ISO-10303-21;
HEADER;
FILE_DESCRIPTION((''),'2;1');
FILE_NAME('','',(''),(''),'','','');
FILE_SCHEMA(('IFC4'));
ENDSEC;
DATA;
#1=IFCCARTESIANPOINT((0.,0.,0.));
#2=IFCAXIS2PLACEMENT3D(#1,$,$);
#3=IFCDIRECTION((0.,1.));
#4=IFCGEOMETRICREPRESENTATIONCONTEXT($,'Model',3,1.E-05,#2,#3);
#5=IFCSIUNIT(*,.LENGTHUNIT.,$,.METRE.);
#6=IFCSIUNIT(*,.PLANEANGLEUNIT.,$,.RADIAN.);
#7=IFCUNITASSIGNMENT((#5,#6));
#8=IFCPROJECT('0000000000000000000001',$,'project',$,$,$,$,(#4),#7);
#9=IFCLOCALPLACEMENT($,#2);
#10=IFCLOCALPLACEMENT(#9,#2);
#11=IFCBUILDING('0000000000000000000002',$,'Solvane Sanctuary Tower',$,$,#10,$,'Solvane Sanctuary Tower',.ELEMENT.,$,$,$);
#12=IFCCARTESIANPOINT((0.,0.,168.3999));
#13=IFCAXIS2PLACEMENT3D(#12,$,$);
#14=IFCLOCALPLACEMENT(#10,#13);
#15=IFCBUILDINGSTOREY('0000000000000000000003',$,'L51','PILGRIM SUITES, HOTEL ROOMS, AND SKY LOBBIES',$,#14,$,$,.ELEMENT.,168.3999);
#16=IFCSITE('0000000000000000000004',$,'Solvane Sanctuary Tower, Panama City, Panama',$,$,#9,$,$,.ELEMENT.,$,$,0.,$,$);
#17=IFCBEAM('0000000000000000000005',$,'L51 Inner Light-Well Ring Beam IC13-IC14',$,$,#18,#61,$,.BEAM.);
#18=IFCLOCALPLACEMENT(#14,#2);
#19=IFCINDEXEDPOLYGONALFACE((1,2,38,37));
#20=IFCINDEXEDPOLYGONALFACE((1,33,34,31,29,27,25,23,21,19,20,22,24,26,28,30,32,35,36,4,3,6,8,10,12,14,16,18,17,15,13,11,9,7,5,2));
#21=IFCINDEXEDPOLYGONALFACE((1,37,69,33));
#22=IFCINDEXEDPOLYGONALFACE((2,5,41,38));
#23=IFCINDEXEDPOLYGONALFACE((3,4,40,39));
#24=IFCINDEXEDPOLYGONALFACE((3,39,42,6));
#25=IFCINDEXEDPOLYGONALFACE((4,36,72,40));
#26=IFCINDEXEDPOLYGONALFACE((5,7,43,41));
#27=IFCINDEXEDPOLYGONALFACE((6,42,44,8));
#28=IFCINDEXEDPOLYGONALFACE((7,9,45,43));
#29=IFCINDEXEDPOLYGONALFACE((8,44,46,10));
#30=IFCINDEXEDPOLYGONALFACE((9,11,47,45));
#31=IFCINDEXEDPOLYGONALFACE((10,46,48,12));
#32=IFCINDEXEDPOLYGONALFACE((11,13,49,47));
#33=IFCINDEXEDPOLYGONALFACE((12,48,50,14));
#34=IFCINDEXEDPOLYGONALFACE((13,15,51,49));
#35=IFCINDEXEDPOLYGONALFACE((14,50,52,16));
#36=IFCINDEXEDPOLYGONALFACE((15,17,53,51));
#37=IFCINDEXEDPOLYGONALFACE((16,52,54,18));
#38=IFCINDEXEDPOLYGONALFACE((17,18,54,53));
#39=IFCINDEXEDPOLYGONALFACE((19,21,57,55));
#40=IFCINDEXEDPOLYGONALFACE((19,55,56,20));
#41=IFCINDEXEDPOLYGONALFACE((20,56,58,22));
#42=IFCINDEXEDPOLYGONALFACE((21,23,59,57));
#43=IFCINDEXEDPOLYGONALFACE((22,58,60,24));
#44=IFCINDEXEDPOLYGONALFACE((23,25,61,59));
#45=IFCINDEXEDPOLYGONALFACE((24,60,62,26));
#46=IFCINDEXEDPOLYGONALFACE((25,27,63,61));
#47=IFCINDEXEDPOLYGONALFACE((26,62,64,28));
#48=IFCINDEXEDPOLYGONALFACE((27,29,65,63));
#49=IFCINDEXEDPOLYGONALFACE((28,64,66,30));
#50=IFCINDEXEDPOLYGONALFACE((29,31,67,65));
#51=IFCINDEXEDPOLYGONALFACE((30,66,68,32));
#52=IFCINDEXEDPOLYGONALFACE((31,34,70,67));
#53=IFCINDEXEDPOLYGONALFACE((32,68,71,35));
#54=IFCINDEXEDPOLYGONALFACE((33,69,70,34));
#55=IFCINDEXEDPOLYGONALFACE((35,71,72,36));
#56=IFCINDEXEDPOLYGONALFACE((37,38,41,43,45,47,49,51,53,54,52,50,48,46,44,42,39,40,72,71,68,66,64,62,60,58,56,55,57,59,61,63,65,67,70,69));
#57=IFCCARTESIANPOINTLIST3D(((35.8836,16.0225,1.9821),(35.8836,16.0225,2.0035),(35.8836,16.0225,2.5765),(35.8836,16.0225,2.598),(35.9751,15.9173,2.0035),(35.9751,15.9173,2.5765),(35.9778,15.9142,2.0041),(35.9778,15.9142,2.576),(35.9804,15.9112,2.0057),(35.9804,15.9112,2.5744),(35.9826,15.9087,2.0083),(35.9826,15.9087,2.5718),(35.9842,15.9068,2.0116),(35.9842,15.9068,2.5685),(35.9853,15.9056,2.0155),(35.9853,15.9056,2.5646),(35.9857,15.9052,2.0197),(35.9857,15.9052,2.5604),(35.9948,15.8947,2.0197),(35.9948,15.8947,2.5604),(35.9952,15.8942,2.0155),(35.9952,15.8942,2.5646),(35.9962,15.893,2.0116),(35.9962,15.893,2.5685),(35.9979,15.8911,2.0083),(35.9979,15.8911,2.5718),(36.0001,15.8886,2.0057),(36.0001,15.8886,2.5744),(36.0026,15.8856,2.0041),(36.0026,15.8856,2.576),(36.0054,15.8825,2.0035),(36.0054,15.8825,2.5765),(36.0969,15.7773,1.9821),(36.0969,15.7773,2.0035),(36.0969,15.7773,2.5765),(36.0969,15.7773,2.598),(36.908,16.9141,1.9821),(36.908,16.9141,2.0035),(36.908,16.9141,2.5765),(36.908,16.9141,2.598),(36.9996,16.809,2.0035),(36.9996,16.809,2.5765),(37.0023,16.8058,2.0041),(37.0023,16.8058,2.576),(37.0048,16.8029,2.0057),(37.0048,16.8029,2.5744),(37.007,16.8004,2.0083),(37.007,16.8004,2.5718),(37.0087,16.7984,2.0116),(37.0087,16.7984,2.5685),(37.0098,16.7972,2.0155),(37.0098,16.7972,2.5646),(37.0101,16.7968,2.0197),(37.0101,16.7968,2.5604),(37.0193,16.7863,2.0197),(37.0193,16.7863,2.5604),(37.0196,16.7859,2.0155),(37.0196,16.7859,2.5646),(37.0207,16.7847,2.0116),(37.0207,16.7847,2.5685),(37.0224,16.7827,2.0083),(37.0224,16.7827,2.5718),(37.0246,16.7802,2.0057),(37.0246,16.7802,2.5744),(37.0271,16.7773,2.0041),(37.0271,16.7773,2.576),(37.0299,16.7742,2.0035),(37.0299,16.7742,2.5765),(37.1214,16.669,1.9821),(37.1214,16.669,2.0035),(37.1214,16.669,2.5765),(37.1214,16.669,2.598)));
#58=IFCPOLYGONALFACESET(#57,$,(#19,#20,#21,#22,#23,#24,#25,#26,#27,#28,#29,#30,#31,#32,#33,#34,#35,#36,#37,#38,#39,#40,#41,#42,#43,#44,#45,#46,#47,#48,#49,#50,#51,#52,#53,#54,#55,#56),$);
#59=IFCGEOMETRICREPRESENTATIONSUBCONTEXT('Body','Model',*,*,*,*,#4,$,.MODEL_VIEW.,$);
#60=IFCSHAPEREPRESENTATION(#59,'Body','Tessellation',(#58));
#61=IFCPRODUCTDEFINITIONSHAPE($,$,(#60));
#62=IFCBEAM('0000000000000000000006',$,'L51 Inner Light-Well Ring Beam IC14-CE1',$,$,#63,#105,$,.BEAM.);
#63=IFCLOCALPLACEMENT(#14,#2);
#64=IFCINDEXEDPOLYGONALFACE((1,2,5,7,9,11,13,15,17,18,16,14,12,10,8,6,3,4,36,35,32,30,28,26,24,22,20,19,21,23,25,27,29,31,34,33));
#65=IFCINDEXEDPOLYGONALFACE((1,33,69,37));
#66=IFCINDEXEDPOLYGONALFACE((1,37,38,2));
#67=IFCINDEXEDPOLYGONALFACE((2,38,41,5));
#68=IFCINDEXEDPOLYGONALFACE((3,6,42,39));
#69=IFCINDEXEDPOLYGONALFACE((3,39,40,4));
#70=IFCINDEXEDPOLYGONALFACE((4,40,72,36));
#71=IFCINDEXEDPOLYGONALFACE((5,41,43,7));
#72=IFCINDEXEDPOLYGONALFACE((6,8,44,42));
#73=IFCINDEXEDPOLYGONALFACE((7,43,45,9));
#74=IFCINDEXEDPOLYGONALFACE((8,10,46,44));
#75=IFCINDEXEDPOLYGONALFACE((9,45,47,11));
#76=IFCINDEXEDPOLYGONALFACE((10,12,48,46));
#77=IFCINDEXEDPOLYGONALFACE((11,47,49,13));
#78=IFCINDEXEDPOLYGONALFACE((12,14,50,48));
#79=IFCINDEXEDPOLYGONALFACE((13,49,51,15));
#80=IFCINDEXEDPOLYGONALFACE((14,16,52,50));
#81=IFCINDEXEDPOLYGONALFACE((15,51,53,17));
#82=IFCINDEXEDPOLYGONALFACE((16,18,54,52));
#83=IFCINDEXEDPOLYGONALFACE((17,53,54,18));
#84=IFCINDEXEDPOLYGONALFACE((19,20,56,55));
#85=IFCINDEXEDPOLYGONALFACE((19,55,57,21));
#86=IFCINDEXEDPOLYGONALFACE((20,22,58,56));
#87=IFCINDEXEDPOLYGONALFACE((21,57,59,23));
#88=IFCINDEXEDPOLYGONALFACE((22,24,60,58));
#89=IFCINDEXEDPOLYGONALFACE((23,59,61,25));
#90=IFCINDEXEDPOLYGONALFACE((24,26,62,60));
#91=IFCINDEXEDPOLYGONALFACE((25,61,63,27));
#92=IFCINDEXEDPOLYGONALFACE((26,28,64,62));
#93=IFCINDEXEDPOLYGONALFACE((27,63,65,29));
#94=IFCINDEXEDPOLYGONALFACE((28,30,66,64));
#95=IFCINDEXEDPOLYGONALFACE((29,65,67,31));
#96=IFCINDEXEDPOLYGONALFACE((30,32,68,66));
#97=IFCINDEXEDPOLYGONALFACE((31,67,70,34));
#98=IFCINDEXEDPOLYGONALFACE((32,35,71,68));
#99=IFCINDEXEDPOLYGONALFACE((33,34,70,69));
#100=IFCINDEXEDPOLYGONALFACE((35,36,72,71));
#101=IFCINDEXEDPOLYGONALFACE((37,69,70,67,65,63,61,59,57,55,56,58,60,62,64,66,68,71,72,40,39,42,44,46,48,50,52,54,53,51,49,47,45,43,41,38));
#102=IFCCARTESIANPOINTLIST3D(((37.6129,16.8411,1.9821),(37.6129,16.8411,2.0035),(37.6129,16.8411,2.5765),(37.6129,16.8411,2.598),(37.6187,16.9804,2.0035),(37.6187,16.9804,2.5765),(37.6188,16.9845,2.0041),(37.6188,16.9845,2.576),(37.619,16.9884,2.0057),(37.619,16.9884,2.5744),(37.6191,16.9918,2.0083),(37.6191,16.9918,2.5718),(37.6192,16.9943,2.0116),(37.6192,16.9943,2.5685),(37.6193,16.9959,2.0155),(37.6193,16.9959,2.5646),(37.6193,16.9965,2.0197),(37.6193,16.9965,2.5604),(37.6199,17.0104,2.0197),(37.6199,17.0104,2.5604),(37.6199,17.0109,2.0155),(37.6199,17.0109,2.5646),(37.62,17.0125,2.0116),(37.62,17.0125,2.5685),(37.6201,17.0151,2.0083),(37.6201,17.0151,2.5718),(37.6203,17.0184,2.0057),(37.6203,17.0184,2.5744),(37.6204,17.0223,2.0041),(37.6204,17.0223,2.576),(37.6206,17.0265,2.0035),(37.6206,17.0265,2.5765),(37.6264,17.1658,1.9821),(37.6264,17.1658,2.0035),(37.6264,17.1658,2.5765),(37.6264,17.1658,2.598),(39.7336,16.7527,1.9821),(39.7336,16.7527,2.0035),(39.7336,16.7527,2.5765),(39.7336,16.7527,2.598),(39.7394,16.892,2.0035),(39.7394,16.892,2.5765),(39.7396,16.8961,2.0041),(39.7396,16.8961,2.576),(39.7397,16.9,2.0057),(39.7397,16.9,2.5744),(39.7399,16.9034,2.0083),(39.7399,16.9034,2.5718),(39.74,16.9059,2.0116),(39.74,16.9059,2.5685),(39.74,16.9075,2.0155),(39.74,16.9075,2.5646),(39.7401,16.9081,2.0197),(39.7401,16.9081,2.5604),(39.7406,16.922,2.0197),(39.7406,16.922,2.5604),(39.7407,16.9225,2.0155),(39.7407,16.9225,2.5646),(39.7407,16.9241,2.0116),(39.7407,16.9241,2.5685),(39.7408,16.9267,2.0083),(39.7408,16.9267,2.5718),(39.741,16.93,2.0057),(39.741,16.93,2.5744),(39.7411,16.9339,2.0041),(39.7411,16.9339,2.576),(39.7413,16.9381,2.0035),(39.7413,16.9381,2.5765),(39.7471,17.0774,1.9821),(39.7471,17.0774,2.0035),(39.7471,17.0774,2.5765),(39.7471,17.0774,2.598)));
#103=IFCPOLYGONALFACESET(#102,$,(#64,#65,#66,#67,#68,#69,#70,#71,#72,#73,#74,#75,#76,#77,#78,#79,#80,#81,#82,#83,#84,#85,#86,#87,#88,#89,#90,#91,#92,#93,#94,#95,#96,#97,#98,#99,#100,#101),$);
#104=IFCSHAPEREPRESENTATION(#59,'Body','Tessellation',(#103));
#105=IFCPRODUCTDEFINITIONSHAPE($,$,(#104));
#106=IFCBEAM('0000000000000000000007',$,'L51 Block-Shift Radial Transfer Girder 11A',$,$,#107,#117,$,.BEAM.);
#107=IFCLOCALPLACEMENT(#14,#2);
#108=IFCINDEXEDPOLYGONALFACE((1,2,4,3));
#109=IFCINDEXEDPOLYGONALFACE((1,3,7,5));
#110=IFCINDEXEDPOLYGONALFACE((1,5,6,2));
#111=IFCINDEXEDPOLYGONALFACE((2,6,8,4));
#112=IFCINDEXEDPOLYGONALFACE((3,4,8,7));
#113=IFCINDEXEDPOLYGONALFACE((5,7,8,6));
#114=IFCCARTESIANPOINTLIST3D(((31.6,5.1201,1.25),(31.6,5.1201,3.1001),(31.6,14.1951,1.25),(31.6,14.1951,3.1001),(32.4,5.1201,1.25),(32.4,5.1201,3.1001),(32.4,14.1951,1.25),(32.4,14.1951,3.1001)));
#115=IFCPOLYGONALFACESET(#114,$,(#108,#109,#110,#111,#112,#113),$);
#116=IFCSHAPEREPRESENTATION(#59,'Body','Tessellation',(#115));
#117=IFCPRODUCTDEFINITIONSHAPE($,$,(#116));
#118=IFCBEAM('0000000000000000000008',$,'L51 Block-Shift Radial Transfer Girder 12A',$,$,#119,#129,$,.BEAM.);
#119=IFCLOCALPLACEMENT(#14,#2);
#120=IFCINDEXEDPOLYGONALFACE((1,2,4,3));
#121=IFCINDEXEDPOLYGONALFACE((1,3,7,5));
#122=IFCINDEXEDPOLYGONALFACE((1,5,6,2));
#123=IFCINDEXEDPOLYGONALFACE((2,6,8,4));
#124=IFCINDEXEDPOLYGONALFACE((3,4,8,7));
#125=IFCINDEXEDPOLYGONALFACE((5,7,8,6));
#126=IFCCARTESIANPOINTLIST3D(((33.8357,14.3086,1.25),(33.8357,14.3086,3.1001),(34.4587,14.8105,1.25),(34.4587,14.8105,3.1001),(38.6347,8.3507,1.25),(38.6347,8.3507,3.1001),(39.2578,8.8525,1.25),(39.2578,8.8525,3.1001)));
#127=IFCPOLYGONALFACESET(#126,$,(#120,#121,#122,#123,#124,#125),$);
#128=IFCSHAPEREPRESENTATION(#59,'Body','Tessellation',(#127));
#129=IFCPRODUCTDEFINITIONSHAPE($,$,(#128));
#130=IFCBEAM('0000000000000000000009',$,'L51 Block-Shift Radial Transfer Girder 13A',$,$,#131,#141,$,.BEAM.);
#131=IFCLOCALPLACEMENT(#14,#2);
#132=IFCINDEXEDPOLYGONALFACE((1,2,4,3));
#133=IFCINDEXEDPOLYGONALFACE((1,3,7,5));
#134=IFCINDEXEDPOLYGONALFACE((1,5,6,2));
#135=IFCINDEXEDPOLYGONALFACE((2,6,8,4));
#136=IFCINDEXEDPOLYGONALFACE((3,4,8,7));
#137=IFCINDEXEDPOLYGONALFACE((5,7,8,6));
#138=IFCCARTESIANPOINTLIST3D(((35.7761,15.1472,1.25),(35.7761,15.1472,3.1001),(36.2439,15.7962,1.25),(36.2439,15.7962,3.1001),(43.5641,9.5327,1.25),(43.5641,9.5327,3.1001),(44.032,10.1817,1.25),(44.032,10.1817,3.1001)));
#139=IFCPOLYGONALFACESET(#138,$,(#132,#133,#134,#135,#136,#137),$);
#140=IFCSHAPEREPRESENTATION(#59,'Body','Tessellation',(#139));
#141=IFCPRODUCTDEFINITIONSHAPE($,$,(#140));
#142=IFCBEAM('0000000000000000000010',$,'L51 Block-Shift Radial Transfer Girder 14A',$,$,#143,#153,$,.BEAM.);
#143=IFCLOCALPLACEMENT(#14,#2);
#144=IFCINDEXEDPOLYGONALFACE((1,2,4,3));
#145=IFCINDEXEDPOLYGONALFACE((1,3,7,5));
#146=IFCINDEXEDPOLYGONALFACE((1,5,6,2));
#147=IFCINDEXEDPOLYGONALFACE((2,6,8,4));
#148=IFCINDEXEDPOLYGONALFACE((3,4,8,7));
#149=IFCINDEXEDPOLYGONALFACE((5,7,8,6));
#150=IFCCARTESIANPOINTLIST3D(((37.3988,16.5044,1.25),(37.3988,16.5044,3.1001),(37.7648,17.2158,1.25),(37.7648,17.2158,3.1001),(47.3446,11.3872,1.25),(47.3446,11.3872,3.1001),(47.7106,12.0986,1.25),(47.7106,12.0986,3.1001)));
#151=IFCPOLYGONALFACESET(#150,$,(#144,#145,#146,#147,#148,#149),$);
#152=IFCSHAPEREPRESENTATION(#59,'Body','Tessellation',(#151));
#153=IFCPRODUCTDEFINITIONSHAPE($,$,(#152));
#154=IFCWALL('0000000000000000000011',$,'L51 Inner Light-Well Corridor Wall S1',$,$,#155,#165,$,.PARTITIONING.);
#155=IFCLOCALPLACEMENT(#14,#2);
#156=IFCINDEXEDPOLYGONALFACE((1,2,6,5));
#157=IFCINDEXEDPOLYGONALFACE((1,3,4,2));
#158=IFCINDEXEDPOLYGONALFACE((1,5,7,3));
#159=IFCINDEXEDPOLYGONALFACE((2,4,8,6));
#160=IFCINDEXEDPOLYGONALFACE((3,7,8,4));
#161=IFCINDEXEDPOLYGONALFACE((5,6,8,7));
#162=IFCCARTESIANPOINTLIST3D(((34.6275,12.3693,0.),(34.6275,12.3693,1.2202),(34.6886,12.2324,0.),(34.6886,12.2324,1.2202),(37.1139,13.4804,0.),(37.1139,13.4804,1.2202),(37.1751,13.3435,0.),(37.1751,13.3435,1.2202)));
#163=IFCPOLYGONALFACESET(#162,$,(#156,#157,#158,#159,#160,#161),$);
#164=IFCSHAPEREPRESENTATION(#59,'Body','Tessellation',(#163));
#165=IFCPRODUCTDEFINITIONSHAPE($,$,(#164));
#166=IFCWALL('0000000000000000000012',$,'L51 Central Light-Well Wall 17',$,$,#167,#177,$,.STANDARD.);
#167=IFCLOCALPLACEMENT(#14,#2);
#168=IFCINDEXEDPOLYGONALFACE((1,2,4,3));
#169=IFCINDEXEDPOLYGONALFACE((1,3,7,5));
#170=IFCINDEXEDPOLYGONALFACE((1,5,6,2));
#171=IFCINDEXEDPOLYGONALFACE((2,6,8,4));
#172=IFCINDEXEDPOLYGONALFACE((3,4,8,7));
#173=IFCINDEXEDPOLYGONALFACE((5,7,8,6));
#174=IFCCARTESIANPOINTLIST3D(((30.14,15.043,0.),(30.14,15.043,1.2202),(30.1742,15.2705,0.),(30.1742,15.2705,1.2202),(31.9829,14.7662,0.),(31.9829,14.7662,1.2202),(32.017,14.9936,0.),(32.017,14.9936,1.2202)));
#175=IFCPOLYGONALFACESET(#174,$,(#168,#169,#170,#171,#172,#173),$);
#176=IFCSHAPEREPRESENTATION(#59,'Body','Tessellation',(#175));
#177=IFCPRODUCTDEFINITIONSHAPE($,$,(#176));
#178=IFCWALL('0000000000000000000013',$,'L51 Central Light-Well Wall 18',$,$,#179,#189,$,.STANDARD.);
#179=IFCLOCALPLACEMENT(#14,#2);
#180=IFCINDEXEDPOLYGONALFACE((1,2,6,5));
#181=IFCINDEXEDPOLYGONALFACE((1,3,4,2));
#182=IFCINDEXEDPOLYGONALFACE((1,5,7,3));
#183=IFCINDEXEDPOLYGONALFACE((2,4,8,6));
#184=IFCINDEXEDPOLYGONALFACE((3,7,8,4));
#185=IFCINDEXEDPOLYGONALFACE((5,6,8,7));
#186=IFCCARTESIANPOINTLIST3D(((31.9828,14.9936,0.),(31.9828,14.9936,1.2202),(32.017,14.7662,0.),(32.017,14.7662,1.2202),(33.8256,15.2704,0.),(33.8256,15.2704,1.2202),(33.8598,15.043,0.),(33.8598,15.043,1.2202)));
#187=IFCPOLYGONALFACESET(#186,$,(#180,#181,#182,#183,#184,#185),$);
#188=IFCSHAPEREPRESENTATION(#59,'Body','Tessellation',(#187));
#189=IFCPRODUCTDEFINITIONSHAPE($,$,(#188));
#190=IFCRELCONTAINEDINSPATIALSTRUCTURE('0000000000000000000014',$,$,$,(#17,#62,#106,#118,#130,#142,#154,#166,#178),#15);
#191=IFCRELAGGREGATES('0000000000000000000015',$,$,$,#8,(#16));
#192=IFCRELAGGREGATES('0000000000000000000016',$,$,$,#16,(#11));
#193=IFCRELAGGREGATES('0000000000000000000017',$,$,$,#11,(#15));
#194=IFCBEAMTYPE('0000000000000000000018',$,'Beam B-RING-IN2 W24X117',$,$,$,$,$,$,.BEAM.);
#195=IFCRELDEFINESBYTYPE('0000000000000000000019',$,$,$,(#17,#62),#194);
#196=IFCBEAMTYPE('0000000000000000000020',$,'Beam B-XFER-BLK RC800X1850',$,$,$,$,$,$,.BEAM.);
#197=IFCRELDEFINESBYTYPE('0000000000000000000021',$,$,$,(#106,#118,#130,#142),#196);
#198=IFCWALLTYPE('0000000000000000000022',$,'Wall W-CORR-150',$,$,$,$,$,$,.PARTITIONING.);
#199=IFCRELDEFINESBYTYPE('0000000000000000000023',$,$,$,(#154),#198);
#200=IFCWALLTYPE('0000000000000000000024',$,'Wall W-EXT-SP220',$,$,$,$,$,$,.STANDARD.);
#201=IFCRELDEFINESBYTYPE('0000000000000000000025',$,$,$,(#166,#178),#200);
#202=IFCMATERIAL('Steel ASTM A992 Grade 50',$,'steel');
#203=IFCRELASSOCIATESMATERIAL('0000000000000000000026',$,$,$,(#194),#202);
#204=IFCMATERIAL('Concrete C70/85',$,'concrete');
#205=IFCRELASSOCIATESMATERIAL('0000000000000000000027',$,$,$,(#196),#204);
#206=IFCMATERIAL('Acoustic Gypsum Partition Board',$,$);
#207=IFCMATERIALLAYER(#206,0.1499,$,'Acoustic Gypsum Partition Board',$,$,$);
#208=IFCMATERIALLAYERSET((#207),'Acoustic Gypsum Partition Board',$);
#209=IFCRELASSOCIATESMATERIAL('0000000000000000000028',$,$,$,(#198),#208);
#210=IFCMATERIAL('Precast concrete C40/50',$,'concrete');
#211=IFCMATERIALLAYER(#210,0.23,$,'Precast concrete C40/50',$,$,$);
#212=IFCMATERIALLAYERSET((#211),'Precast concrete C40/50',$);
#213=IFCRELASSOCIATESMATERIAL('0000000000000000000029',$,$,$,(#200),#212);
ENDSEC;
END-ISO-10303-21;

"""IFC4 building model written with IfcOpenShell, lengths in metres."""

from ifc_helpers import new_model, si_unit, direction, frame, frame_2d, origin, origin_2d, place, context, subcontext, project, spatial, rectangle, i_section, extrude, material, layer, layer_set, material_profile, profile_set, type_object, element, save


model = new_model("IFC4")

# Units and contexts
model_context = context("Model", 3, precision=1e-05, world=origin(), true_north=direction((0.0, 1.0)))
body_context = subcontext(model_context, "Body", "Model", "MODEL_VIEW")
ifc_project = project(units=[si_unit("LENGTHUNIT", "METRE"), si_unit("PLANEANGLEUNIT", "RADIAN")], contexts=[model_context])

# Site, building, storey
site_placement = place(None, origin())
site = spatial("IfcSite", under=ifc_project, at=site_placement, Name="Solvane Sanctuary Tower, Panama City, Panama", CompositionType="ELEMENT", RefElevation=0.0)
building_placement = place(site_placement, origin())
building = spatial("IfcBuilding", under=site, at=building_placement, Name="Solvane Sanctuary Tower", LongName="Solvane Sanctuary Tower", CompositionType="ELEMENT")
storey_placement = place(building_placement, frame((0.0, 0.0, 168.3999)))
storey = spatial("IfcBuildingStorey", under=building, at=storey_placement, Name="L51", Description="PILGRIM SUITES, HOTEL ROOMS, AND SKY LOBBIES", CompositionType="ELEMENT", Elevation=168.3999)

# Beams
ifc_material_1 = material(Name="Steel ASTM A992 Grade 50", Category="steel")
ifc_material_profile_1 = material_profile(ifc_material_1, i_section(OverallWidth=0.325, OverallDepth=0.616, WebThickness=0.0139, FlangeThickness=0.0215, FilletRadius=0.0161, at=origin_2d()), Name="W24X117")
ifc_profile_set_1 = profile_set([ifc_material_profile_1], Name="Steel ASTM A992 Grade 50")
beam_type_1 = type_object("IfcBeamType", Name="Beam B-RING-IN2 W24X117", PredefinedType="BEAM", material=ifc_profile_set_1)
beam_1_placement = place(storey_placement, frame((35.9902, 15.8999, 2.29), z_axis=(0.754311, 0.656517, 0.0), x_axis=(-0.656517, 0.754311, 0.0)))
element("IfcBeam", 1, at=beam_1_placement, inside=storey, type_object=beam_type_1, Name="L51 Inner Light-Well Ring Beam IC13-IC14", PredefinedType="BEAM", context=body_context, shape_type="SweptSolid", body=[
    extrude(i_section(OverallWidth=0.325, OverallDepth=0.616, WebThickness=0.0139, FlangeThickness=0.0215, FilletRadius=0.0161, at=origin_2d()), origin(), (0.0, 0.0, 1.0), 1.3582),
])
beam_2_placement = place(storey_placement, frame((37.6196, 17.0034, 2.29), z_axis=(0.999133, -0.04164, 0.0), x_axis=(0.04164, 0.999133, 0.0)))
element("IfcBeam", 2, at=beam_2_placement, inside=storey, type_object=beam_type_1, Name="L51 Inner Light-Well Ring Beam IC14-CE1", PredefinedType="BEAM", context=body_context, shape_type="SweptSolid", body=[
    extrude(i_section(OverallWidth=0.325, OverallDepth=0.616, WebThickness=0.0139, FlangeThickness=0.0215, FilletRadius=0.0161, at=origin_2d()), origin(), (0.0, 0.0, 1.0), 2.1226),
])
ifc_material_2 = material(Name="Concrete C70/85", Category="concrete")
ifc_material_profile_2 = material_profile(ifc_material_2, rectangle(XDim=0.8, YDim=1.8501, at=origin_2d()), Name="RC800X1850")
ifc_profile_set_2 = profile_set([ifc_material_profile_2], Name="Concrete C70/85")
beam_type_2 = type_object("IfcBeamType", Name="Beam B-XFER-BLK RC800X1850", PredefinedType="BEAM", material=ifc_profile_set_2)
beam_3_placement = place(storey_placement, frame((32.0, 14.1951, 2.175), z_axis=(0.0, -1.0, 0.0), x_axis=(1.0, 0.0, 0.0)))
element("IfcBeam", 3, at=beam_3_placement, inside=storey, type_object=beam_type_2, Name="L51 Block-Shift Radial Transfer Girder 11A", PredefinedType="BEAM", context=body_context, shape_type="SweptSolid", body=[
    extrude(rectangle(XDim=0.8, YDim=1.8501, at=origin_2d()), origin(), (0.0, 0.0, 1.0), 9.075),
])
beam_4_placement = place(storey_placement, frame((34.1472, 14.5596, 2.175), z_axis=(0.627295, -0.778782, 0.0), x_axis=(0.778782, 0.627295, 0.0)))
element("IfcBeam", 4, at=beam_4_placement, inside=storey, type_object=beam_type_2, Name="L51 Block-Shift Radial Transfer Girder 12A", PredefinedType="BEAM", context=body_context, shape_type="SweptSolid", body=[
    extrude(rectangle(XDim=0.8, YDim=1.8501, at=origin_2d()), origin(), (0.0, 0.0, 1.0), 7.6504),
])
beam_5_placement = place(storey_placement, frame((36.01, 15.4717, 2.175), z_axis=(0.811185, -0.58479, 0.0), x_axis=(0.58479, 0.811185, 0.0)))
element("IfcBeam", 5, at=beam_5_placement, inside=storey, type_object=beam_type_2, Name="L51 Block-Shift Radial Transfer Girder 13A", PredefinedType="BEAM", context=body_context, shape_type="SweptSolid", body=[
    extrude(rectangle(XDim=0.8, YDim=1.8501, at=origin_2d()), origin(), (0.0, 0.0, 1.0), 9.6008),
])
beam_6_placement = place(storey_placement, frame((37.5818, 16.8601, 2.175), z_axis=(0.889208, -0.457504, 0.0), x_axis=(0.457504, 0.889208, 0.0)))
element("IfcBeam", 6, at=beam_6_placement, inside=storey, type_object=beam_type_2, Name="L51 Block-Shift Radial Transfer Girder 14A", PredefinedType="BEAM", context=body_context, shape_type="SweptSolid", body=[
    extrude(rectangle(XDim=0.8, YDim=1.8501, at=origin_2d()), origin(), (0.0, 0.0, 1.0), 11.1851),
])

# Walls
ifc_material_3 = material(Name="Acoustic Gypsum Partition Board")
ifc_layer_1 = layer(ifc_material_3, 0.1499, Name="Acoustic Gypsum Partition Board")
ifc_layer_set_1 = layer_set([ifc_layer_1], Name="Acoustic Gypsum Partition Board")
wall_type_1 = type_object("IfcWallType", Name="Wall W-CORR-150", PredefinedType="PARTITIONING", material=ifc_layer_set_1)
wall_1_placement = place(storey_placement, frame((34.658, 12.3008, 0.0), z_axis=(0.0, 0.0, 1.0), x_axis=(0.912985, 0.407993, 0.0)))
element("IfcWall", 7, at=wall_1_placement, inside=storey, type_object=wall_type_1, Name="L51 Inner Light-Well Corridor Wall S1", PredefinedType="PARTITIONING", context=body_context, shape_type="SweptSolid", body=[
    extrude(rectangle(XDim=2.7234, YDim=0.1499, at=frame_2d((1.3618, 0.0))), origin(), (0.0, 0.0, 1.0), 1.2202),
])
ifc_material_4 = material(Name="Precast concrete C40/50", Category="concrete")
ifc_layer_2 = layer(ifc_material_4, 0.23, Name="Precast concrete C40/50")
ifc_layer_set_2 = layer_set([ifc_layer_2], Name="Precast concrete C40/50")
wall_type_2 = type_object("IfcWallType", Name="Wall W-EXT-SP220", PredefinedType="STANDARD", material=ifc_layer_set_2)
for number, where, z_axis, x_axis, name in (
    (8, (30.1572, 15.1567, 0.0), (0.0, 0.0, 1.0), (0.988902, -0.148571, 0.0), "L51 Central Light-Well Wall 17"),
    (9, (32.0, 14.8799, 0.0), (0.0, 0.0, 1.0), (0.988902, 0.148571, 0.0), "L51 Central Light-Well Wall 18"),
):
    element("IfcWall", number, at=place(storey_placement, frame(where, z_axis=z_axis, x_axis=x_axis)), inside=storey, type_object=wall_type_2, Name=name, PredefinedType="STANDARD", context=body_context, shape_type="SweptSolid", body=[
        extrude(rectangle(XDim=1.8635, YDim=0.23, at=frame_2d((0.9316, 0.0))), origin(), (0.0, 0.0, 1.0), 1.2202),
    ])

save(model, "model.ifc")
